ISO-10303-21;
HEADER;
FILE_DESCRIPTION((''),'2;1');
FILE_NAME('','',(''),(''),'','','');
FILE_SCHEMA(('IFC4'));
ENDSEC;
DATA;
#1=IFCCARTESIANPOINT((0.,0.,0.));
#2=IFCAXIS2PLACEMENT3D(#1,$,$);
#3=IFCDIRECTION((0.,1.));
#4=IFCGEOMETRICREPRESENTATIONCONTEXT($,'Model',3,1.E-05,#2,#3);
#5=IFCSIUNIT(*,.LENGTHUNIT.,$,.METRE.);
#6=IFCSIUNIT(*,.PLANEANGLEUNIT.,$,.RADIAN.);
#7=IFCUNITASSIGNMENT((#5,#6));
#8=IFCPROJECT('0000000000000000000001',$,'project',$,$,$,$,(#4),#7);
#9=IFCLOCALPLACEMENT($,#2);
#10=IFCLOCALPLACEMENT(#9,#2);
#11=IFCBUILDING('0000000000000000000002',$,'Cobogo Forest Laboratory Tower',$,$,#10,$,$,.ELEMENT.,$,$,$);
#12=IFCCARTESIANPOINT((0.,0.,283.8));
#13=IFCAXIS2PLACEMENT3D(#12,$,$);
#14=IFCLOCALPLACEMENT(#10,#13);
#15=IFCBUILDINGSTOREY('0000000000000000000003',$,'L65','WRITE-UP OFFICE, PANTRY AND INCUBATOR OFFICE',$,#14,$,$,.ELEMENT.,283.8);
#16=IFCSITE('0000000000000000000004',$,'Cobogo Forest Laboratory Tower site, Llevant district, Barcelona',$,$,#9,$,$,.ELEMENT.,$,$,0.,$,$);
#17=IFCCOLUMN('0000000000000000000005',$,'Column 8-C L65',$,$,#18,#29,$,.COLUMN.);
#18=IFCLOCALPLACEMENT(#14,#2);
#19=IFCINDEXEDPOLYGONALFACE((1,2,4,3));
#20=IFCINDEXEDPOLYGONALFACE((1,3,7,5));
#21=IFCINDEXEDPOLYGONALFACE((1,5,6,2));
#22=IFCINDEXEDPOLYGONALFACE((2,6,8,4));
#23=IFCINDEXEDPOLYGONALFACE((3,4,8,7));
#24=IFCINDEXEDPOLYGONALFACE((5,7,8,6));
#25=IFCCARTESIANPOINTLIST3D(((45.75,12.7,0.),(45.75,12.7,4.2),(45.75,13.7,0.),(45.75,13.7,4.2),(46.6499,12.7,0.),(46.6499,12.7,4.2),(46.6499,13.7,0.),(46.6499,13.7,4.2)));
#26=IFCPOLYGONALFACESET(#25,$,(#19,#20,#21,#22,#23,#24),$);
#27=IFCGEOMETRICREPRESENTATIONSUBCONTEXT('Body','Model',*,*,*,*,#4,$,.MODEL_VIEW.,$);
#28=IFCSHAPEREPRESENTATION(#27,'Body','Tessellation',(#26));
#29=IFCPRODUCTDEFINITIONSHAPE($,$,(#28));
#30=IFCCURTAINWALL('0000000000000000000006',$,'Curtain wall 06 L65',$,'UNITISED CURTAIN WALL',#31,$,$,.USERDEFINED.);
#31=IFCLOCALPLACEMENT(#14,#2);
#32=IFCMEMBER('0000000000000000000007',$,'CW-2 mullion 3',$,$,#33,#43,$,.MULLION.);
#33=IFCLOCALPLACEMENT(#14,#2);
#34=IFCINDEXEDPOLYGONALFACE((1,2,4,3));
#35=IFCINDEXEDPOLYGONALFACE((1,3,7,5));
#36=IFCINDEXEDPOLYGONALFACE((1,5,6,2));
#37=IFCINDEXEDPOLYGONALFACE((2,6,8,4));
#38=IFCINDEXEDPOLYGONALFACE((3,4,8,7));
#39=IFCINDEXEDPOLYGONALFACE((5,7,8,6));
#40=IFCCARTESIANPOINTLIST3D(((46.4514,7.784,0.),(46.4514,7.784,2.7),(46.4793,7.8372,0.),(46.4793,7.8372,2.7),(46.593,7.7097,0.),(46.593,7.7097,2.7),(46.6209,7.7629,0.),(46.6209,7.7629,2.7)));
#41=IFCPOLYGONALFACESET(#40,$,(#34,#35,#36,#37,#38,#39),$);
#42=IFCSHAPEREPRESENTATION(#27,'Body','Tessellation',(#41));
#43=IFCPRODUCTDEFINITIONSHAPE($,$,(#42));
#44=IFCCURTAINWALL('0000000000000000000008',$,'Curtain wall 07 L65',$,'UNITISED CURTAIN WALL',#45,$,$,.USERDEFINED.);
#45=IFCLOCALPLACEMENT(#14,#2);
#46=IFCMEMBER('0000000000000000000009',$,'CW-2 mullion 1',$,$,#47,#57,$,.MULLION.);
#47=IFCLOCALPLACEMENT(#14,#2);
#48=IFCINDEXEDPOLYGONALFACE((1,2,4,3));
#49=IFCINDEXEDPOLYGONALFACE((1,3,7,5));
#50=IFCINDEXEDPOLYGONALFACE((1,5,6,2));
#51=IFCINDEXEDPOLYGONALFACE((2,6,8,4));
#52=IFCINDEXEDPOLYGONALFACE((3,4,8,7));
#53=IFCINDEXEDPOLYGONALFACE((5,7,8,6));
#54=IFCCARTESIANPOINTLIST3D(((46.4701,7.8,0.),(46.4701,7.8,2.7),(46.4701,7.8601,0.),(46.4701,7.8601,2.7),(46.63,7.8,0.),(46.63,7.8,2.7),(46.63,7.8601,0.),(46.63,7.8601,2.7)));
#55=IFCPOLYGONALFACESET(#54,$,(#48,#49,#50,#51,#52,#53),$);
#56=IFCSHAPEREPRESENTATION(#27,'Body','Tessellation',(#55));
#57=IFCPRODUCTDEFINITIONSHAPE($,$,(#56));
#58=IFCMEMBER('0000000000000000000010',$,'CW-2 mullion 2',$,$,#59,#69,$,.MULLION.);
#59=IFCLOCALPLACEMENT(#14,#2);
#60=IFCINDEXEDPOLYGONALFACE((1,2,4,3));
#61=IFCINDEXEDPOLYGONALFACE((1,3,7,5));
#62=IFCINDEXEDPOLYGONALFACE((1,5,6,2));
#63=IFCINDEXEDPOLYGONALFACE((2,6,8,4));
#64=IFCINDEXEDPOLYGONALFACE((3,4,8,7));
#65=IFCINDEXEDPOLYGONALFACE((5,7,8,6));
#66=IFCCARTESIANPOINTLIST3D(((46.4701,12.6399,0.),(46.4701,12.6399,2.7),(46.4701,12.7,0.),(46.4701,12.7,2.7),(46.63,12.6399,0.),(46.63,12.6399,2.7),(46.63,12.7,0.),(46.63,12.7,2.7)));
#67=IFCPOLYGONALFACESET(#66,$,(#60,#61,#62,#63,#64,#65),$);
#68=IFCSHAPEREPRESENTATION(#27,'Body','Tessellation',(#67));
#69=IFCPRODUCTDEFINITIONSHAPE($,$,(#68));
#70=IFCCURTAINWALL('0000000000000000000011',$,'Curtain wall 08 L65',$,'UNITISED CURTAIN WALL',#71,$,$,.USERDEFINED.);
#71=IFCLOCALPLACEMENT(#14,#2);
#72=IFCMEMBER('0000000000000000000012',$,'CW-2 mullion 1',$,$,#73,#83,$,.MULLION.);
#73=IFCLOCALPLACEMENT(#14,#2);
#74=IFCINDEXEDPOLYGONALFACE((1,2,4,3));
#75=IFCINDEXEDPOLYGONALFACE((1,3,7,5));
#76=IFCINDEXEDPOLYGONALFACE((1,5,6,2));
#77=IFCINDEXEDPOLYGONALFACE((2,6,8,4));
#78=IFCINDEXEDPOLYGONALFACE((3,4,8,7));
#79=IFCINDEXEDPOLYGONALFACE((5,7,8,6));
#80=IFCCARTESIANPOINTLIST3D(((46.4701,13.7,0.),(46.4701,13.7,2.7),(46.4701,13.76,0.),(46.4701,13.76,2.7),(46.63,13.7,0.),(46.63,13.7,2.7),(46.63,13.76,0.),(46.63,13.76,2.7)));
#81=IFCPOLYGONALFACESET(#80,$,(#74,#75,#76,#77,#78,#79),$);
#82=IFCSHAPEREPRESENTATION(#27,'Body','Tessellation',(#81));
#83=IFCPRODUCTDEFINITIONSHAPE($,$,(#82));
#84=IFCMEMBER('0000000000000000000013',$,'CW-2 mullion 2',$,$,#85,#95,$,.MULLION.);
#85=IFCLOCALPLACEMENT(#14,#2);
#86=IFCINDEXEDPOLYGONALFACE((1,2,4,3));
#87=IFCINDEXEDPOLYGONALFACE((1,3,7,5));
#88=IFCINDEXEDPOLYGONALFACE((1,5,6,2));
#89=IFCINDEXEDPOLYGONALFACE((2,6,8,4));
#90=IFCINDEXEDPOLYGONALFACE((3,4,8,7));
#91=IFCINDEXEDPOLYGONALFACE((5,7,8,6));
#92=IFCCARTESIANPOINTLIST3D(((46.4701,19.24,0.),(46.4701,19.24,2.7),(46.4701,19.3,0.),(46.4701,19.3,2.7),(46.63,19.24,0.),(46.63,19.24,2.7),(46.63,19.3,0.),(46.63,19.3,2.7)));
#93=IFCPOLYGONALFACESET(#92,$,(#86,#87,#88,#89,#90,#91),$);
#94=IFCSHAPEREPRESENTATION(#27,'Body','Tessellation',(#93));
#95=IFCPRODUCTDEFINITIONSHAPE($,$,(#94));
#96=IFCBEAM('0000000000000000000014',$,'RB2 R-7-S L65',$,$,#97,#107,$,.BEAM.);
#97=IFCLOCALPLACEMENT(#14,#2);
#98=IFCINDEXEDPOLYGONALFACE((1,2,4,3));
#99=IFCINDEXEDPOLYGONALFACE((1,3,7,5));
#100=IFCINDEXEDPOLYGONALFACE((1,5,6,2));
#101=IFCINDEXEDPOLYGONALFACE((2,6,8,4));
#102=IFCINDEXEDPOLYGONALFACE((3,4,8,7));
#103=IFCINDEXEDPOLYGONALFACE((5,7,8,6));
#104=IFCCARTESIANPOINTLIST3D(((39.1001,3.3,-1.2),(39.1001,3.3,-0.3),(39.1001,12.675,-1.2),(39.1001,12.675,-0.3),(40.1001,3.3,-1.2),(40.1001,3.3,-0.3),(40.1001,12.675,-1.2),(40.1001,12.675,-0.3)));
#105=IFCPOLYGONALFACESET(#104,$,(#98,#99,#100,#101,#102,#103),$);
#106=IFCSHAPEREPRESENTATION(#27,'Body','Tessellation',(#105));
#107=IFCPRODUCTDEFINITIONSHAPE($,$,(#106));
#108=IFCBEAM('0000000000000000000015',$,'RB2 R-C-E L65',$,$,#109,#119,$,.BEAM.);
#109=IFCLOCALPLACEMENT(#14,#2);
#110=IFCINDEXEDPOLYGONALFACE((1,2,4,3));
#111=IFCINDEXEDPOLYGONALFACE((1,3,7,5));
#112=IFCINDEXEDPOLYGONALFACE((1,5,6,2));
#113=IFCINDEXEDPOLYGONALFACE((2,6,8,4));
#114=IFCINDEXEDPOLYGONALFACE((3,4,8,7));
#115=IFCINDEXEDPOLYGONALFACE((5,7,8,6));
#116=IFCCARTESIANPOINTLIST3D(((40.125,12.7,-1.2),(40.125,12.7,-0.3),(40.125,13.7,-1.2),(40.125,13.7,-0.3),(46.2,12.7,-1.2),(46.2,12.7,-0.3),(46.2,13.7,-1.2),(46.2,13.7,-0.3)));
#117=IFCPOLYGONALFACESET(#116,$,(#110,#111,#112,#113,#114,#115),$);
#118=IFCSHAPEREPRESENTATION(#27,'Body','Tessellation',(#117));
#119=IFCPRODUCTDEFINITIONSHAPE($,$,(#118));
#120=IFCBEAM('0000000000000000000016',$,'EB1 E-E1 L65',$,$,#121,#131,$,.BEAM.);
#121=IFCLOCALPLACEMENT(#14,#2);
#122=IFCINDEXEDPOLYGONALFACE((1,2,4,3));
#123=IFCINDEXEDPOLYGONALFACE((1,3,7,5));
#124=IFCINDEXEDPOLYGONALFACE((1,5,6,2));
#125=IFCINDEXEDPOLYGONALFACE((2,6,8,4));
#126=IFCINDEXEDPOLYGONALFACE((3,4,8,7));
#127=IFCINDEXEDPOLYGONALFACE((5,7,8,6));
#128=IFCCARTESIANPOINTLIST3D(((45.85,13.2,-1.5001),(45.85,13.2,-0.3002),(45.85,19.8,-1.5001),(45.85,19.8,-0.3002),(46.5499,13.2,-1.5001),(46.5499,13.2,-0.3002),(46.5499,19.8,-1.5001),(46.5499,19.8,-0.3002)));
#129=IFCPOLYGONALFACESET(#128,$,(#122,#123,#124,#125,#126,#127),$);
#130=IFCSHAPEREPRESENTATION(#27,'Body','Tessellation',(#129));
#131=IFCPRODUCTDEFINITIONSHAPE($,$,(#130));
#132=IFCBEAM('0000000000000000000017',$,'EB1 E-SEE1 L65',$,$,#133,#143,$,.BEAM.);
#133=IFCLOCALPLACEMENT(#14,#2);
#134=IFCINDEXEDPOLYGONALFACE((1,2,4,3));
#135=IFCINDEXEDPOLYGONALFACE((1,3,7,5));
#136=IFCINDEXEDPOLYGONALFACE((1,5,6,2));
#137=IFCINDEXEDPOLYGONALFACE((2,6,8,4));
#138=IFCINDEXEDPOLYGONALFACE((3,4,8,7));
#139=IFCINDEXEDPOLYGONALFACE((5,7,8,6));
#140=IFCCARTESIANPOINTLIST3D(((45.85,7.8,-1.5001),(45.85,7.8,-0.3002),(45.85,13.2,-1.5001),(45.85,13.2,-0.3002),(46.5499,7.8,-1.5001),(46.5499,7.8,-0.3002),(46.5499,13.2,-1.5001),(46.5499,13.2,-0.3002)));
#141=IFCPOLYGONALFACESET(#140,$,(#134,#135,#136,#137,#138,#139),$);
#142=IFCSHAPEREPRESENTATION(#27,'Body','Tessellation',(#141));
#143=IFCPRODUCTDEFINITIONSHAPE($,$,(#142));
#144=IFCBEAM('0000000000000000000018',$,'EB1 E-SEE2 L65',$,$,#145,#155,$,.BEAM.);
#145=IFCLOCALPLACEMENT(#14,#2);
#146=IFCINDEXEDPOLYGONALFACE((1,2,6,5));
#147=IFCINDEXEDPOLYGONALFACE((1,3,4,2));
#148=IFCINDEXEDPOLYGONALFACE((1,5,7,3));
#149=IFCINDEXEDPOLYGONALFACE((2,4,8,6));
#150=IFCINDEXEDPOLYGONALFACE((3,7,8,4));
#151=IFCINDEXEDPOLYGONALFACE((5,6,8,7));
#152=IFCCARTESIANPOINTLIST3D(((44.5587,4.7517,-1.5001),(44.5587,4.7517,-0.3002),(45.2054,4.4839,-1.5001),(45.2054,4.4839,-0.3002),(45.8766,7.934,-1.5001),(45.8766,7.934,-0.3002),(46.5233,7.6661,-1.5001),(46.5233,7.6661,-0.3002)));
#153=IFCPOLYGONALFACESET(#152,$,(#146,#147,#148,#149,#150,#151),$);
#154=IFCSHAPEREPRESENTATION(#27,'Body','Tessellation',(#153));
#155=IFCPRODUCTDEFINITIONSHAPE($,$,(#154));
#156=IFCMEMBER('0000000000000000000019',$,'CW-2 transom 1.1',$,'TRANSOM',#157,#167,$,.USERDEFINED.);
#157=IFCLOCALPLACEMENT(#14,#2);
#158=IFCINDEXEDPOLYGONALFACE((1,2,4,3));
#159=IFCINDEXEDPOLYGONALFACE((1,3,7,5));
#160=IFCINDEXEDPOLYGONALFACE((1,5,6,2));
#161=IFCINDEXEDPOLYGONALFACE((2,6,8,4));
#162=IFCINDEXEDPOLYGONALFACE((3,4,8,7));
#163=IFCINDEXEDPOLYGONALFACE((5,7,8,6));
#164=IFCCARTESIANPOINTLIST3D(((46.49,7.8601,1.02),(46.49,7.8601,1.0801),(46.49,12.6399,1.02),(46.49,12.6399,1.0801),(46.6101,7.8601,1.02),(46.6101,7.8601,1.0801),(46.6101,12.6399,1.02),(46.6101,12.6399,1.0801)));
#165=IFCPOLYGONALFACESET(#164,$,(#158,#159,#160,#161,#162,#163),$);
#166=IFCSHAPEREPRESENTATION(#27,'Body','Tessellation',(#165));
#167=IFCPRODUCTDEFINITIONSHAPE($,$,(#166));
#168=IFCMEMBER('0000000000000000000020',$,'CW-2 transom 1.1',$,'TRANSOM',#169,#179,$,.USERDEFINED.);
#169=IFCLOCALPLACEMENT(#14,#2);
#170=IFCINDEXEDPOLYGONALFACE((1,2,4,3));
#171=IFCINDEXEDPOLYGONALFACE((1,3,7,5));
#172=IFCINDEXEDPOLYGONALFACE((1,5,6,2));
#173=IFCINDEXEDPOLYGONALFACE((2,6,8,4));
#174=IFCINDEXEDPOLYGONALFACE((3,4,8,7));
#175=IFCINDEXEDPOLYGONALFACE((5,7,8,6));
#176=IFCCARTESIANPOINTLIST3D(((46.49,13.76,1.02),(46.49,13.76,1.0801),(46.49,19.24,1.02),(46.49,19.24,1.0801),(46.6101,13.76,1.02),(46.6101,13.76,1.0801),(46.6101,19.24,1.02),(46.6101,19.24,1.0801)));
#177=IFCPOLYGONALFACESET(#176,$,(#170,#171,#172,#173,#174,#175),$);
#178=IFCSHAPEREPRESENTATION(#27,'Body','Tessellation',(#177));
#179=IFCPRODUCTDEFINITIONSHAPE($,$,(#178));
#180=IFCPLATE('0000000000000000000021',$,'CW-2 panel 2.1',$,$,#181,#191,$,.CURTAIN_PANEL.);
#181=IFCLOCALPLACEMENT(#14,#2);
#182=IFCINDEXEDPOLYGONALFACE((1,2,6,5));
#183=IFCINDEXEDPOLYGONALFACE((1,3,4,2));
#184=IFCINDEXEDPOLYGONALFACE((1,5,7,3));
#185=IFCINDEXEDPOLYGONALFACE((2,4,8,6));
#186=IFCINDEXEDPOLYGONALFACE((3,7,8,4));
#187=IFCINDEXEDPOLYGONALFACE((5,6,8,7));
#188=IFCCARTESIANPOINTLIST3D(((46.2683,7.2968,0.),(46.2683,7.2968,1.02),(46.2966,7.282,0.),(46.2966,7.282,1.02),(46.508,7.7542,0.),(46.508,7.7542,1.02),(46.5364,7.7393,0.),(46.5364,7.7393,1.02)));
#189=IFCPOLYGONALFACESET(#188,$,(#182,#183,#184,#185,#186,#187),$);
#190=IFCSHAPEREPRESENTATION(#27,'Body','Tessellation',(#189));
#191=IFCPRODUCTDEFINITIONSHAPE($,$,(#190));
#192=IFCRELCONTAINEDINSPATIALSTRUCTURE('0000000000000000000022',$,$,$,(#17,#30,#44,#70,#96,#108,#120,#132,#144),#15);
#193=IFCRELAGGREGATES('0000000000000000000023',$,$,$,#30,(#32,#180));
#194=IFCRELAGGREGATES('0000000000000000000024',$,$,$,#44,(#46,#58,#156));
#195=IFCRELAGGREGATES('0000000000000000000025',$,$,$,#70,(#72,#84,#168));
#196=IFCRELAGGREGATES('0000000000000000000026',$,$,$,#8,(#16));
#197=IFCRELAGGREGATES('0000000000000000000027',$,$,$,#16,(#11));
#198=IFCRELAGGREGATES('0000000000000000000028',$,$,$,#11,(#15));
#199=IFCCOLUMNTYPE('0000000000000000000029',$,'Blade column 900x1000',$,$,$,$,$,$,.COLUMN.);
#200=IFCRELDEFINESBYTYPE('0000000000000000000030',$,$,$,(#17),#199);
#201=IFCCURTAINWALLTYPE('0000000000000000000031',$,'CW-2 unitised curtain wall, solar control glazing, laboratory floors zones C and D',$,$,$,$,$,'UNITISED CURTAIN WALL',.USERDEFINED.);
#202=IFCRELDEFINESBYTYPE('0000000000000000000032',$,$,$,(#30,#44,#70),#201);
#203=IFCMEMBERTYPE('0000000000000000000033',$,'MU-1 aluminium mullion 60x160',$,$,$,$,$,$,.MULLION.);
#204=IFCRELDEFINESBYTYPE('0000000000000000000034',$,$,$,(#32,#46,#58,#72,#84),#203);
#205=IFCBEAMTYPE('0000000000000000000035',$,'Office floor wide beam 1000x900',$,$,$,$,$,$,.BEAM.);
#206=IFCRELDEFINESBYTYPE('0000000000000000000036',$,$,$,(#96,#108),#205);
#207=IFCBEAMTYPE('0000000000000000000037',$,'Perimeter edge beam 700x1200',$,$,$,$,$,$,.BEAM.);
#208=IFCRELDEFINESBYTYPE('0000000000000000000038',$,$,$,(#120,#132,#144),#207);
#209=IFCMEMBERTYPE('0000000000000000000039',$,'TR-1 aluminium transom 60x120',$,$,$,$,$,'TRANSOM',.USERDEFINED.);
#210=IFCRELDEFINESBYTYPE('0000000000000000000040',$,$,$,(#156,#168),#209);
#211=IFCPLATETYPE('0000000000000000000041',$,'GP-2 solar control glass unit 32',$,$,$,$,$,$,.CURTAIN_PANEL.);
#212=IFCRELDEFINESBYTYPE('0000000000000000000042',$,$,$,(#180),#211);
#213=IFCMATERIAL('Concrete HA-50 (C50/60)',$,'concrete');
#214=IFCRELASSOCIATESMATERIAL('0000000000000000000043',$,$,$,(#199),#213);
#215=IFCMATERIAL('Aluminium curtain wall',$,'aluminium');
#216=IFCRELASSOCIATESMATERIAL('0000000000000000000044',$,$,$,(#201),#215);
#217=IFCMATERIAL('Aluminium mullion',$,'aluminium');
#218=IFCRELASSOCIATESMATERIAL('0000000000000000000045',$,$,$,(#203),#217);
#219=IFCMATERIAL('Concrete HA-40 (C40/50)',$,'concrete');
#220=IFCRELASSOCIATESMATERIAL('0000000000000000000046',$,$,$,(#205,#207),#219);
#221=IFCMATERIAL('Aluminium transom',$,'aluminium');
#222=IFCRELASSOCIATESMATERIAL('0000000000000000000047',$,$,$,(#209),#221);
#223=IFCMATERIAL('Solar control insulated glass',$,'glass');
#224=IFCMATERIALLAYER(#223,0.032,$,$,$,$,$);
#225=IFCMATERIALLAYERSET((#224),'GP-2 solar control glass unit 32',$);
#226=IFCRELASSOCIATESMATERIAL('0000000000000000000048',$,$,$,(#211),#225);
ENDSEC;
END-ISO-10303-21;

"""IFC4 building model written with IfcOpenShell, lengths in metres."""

from ifc_helpers import new_model, si_unit, direction, frame, origin, origin_2d, place, context, subcontext, project, spatial, rectangle, extrude, material, layer, layer_set, material_profile, profile_set, type_object, element, aggregate, save


model = new_model("IFC4")

# Units and contexts
model_context = context("Model", 3, precision=1e-05, world=origin(), true_north=direction((0.0, 1.0)))
body_context = subcontext(model_context, "Body", "Model", "MODEL_VIEW")
ifc_project = project(units=[si_unit("LENGTHUNIT", "METRE"), si_unit("PLANEANGLEUNIT", "RADIAN")], contexts=[model_context])

# Site, building, storey
site_placement = place(None, origin())
site = spatial("IfcSite", under=ifc_project, at=site_placement, Name="Cobogo Forest Laboratory Tower site, Llevant district, Barcelona", CompositionType="ELEMENT", RefElevation=0.0)
building_placement = place(site_placement, origin())
building = spatial("IfcBuilding", under=site, at=building_placement, Name="Cobogo Forest Laboratory Tower", CompositionType="ELEMENT")
storey_placement = place(building_placement, frame((0.0, 0.0, 283.8)))
storey = spatial("IfcBuildingStorey", under=building, at=storey_placement, Name="L65", Description="WRITE-UP OFFICE, PANTRY AND INCUBATOR OFFICE", CompositionType="ELEMENT", Elevation=283.8)

# Column
ifc_material_1 = material(Name="Concrete HA-50 (C50/60)", Category="concrete")
ifc_material_profile_1 = material_profile(ifc_material_1, rectangle(XDim=1.0, YDim=0.8999, at=origin_2d()), Name="RC 900x1000")
ifc_profile_set_1 = profile_set([ifc_material_profile_1], Name="Concrete HA-50 (C50/60)")
column_type = type_object("IfcColumnType", Name="Blade column 900x1000", PredefinedType="COLUMN", material=ifc_profile_set_1)
column_placement = place(storey_placement, frame((46.2, 13.2, 0.0), z_axis=(0.0, 0.0, 1.0), x_axis=(0.0, 1.0, 0.0)))
element("IfcColumn", 1, at=column_placement, inside=storey, type_object=column_type, Name="Column 8-C L65", PredefinedType="COLUMN", context=body_context, shape_type="SweptSolid", body=[
    extrude(rectangle(XDim=1.0, YDim=0.8999, at=origin_2d()), origin(), (0.0, 0.0, 1.0), 4.2),
])

# Curtain wall, member
ifc_material_2 = material(Name="Aluminium curtain wall", Category="aluminium")
curtain_wall_type = type_object("IfcCurtainWallType", Name="CW-2 unitised curtain wall, solar control glazing, laboratory floors zones C and D", ElementType="UNITISED CURTAIN WALL", PredefinedType="USERDEFINED", material=ifc_material_2)
curtain_wall_1_placement = place(storey_placement, origin())
curtain_wall_1 = element("IfcCurtainWall", 2, at=curtain_wall_1_placement, inside=storey, type_object=curtain_wall_type, Name="Curtain wall 06 L65", ObjectType="UNITISED CURTAIN WALL", PredefinedType="USERDEFINED")
ifc_material_3 = material(Name="Aluminium mullion", Category="aluminium")
ifc_material_profile_2 = material_profile(ifc_material_3, rectangle(XDim=0.0601, YDim=0.1599, at=origin_2d()), Name="AL 60x160")
ifc_profile_set_2 = profile_set([ifc_material_profile_2], Name="Aluminium mullion")
member_type_1 = type_object("IfcMemberType", Name="MU-1 aluminium mullion 60x160", PredefinedType="MULLION", material=ifc_profile_set_2)
member_1_placement = place(storey_placement, frame((46.5361, 7.7734, 0.0), z_axis=(0.0, 0.0, 1.0), x_axis=(0.464284, 0.885686, 0.0)))
member_1 = element("IfcMember", 3, at=member_1_placement, type_object=member_type_1, Name="CW-2 mullion 3", PredefinedType="MULLION", context=body_context, shape_type="SweptSolid", body=[
    extrude(rectangle(XDim=0.0601, YDim=0.1599, at=origin_2d()), origin(), (0.0, 0.0, 1.0), 2.7),
])

# Curtain walls, members
curtain_wall_2_placement = place(storey_placement, origin())
curtain_wall_2 = element("IfcCurtainWall", 4, at=curtain_wall_2_placement, inside=storey, type_object=curtain_wall_type, Name="Curtain wall 07 L65", ObjectType="UNITISED CURTAIN WALL", PredefinedType="USERDEFINED")
member_2_placement = place(storey_placement, frame((46.55, 7.8301, 0.0), z_axis=(0.0, 0.0, 1.0), x_axis=(0.0, 1.0, 0.0)))
member_2 = element("IfcMember", 5, at=member_2_placement, type_object=member_type_1, Name="CW-2 mullion 1", PredefinedType="MULLION", context=body_context, shape_type="SweptSolid", body=[
    extrude(rectangle(XDim=0.0601, YDim=0.1599, at=origin_2d()), origin(), (0.0, 0.0, 1.0), 2.7),
])
member_3_placement = place(storey_placement, frame((46.55, 12.6699, 0.0), z_axis=(0.0, 0.0, 1.0), x_axis=(0.0, 1.0, 0.0)))
member_3 = element("IfcMember", 6, at=member_3_placement, type_object=member_type_1, Name="CW-2 mullion 2", PredefinedType="MULLION", context=body_context, shape_type="SweptSolid", body=[
    extrude(rectangle(XDim=0.0601, YDim=0.1599, at=origin_2d()), origin(), (0.0, 0.0, 1.0), 2.7),
])
curtain_wall_3_placement = place(storey_placement, origin())
curtain_wall_3 = element("IfcCurtainWall", 7, at=curtain_wall_3_placement, inside=storey, type_object=curtain_wall_type, Name="Curtain wall 08 L65", ObjectType="UNITISED CURTAIN WALL", PredefinedType="USERDEFINED")
member_4_placement = place(storey_placement, frame((46.55, 13.73, 0.0), z_axis=(0.0, 0.0, 1.0), x_axis=(0.0, 1.0, 0.0)))
member_4 = element("IfcMember", 8, at=member_4_placement, type_object=member_type_1, Name="CW-2 mullion 1", PredefinedType="MULLION", context=body_context, shape_type="SweptSolid", body=[
    extrude(rectangle(XDim=0.0601, YDim=0.1599, at=origin_2d()), origin(), (0.0, 0.0, 1.0), 2.7),
])
member_5_placement = place(storey_placement, frame((46.55, 19.27, 0.0), z_axis=(0.0, 0.0, 1.0), x_axis=(0.0, 1.0, 0.0)))
member_5 = element("IfcMember", 9, at=member_5_placement, type_object=member_type_1, Name="CW-2 mullion 2", PredefinedType="MULLION", context=body_context, shape_type="SweptSolid", body=[
    extrude(rectangle(XDim=0.0601, YDim=0.1599, at=origin_2d()), origin(), (0.0, 0.0, 1.0), 2.7),
])

# Beams
ifc_material_4 = material(Name="Concrete HA-40 (C40/50)", Category="concrete")
ifc_material_profile_3 = material_profile(ifc_material_4, rectangle(XDim=1.0, YDim=0.8999, at=origin_2d()), Name="RC 1000x900")
ifc_profile_set_3 = profile_set([ifc_material_profile_3], Name="Concrete HA-40 (C40/50)")
beam_type_1 = type_object("IfcBeamType", Name="Office floor wide beam 1000x900", PredefinedType="BEAM", material=ifc_profile_set_3)
beam_1_placement = place(storey_placement, frame((39.6001, 12.675, -0.75), z_axis=(0.0, -1.0, 0.0), x_axis=(1.0, 0.0, 0.0)))
element("IfcBeam", 10, at=beam_1_placement, inside=storey, type_object=beam_type_1, Name="RB2 R-7-S L65", PredefinedType="BEAM", context=body_context, shape_type="SweptSolid", body=[
    extrude(rectangle(XDim=1.0, YDim=0.8999, at=origin_2d()), origin(), (0.0, 0.0, 1.0), 9.375),
])
beam_2_placement = place(storey_placement, frame((40.125, 13.2, -0.75), z_axis=(1.0, 0.0, 0.0), x_axis=(0.0, 1.0, 0.0)))
element("IfcBeam", 11, at=beam_2_placement, inside=storey, type_object=beam_type_1, Name="RB2 R-C-E L65", PredefinedType="BEAM", context=body_context, shape_type="SweptSolid", body=[
    extrude(rectangle(XDim=1.0, YDim=0.8999, at=origin_2d()), origin(), (0.0, 0.0, 1.0), 6.075),
])
ifc_material_profile_4 = material_profile(ifc_material_4, rectangle(XDim=0.7, YDim=1.2, at=origin_2d()), Name="RC 700x1200")
ifc_profile_set_4 = profile_set([ifc_material_profile_4], Name="Concrete HA-40 (C40/50)")
beam_type_2 = type_object("IfcBeamType", Name="Perimeter edge beam 700x1200", PredefinedType="BEAM", material=ifc_profile_set_4)
beam_3_placement = place(storey_placement, frame((46.2, 13.2, -0.9001), z_axis=(0.0, 1.0, 0.0), x_axis=(-1.0, 0.0, 0.0)))
element("IfcBeam", 12, at=beam_3_placement, inside=storey, type_object=beam_type_2, Name="EB1 E-E1 L65", PredefinedType="BEAM", context=body_context, shape_type="SweptSolid", body=[
    extrude(rectangle(XDim=0.7, YDim=1.2, at=origin_2d()), origin(), (0.0, 0.0, 1.0), 6.6001),
])
beam_4_placement = place(storey_placement, frame((46.2, 13.2, -0.9001), z_axis=(0.0, -1.0, 0.0), x_axis=(1.0, 0.0, 0.0)))
element("IfcBeam", 13, at=beam_4_placement, inside=storey, type_object=beam_type_2, Name="EB1 E-SEE1 L65", PredefinedType="BEAM", context=body_context, shape_type="SweptSolid", body=[
    extrude(rectangle(XDim=0.7, YDim=1.2, at=origin_2d()), origin(), (0.0, 0.0, 1.0), 5.3999),
])
beam_5_placement = place(storey_placement, frame((46.2, 7.8, -0.9001), z_axis=(-0.382631, -0.923901, 0.0), x_axis=(0.923901, -0.382631, 0.0)))
element("IfcBeam", 14, at=beam_5_placement, inside=storey, type_object=beam_type_2, Name="EB1 E-SEE2 L65", PredefinedType="BEAM", context=body_context, shape_type="SweptSolid", body=[
    extrude(rectangle(XDim=0.7, YDim=1.2, at=origin_2d()), origin(), (0.0, 0.0, 1.0), 3.4443),
])

# Members
ifc_material_5 = material(Name="Aluminium transom", Category="aluminium")
ifc_material_profile_5 = material_profile(ifc_material_5, rectangle(XDim=0.1201, YDim=0.0601, at=origin_2d()), Name="AL 60x120")
ifc_profile_set_5 = profile_set([ifc_material_profile_5], Name="Aluminium transom")
member_type_2 = type_object("IfcMemberType", Name="TR-1 aluminium transom 60x120", ElementType="TRANSOM", PredefinedType="USERDEFINED", material=ifc_profile_set_5)
member_6_placement = place(storey_placement, frame((46.55, 7.8601, 1.05), z_axis=(0.0, 1.0, 0.0), x_axis=(-1.0, 0.0, 0.0)))
member_6 = element("IfcMember", 15, at=member_6_placement, type_object=member_type_2, Name="CW-2 transom 1.1", ObjectType="TRANSOM", PredefinedType="USERDEFINED", context=body_context, shape_type="SweptSolid", body=[
    extrude(rectangle(XDim=0.1201, YDim=0.0601, at=origin_2d()), origin(), (0.0, 0.0, 1.0), 4.7798),
])
member_7_placement = place(storey_placement, frame((46.55, 13.76, 1.05), z_axis=(0.0, 1.0, 0.0), x_axis=(-1.0, 0.0, 0.0)))
member_7 = element("IfcMember", 16, at=member_7_placement, type_object=member_type_2, Name="CW-2 transom 1.1", ObjectType="TRANSOM", PredefinedType="USERDEFINED", context=body_context, shape_type="SweptSolid", body=[
    extrude(rectangle(XDim=0.1201, YDim=0.0601, at=origin_2d()), origin(), (0.0, 0.0, 1.0), 5.48),
])

# Plate
ifc_material_6 = material(Name="Solar control insulated glass", Category="glass")
ifc_layer_1 = layer(ifc_material_6, 0.032)
ifc_layer_set_1 = layer_set([ifc_layer_1], Name="GP-2 solar control glass unit 32")
plate_type_1 = type_object("IfcPlateType", Name="GP-2 solar control glass unit 32", PredefinedType="CURTAIN_PANEL", material=ifc_layer_set_1)
plate_1_placement = place(storey_placement, frame((46.4023, 7.5181, 0.0), z_axis=(0.0, 0.0, 1.0), x_axis=(0.464284, 0.885686, 0.0)))
plate_1 = element("IfcPlate", 17, at=plate_1_placement, type_object=plate_type_1, Name="CW-2 panel 2.1", PredefinedType="CURTAIN_PANEL", context=body_context, shape_type="SweptSolid", body=[
    extrude(rectangle(XDim=0.5164, YDim=0.032, at=origin_2d()), origin(), (0.0, 0.0, 1.0), 1.02),
])
aggregate(curtain_wall_1, [member_1, plate_1])
aggregate(curtain_wall_2, [member_2, member_3, member_6])
aggregate(curtain_wall_3, [member_4, member_5, member_7])

save(model, "model.ifc")
